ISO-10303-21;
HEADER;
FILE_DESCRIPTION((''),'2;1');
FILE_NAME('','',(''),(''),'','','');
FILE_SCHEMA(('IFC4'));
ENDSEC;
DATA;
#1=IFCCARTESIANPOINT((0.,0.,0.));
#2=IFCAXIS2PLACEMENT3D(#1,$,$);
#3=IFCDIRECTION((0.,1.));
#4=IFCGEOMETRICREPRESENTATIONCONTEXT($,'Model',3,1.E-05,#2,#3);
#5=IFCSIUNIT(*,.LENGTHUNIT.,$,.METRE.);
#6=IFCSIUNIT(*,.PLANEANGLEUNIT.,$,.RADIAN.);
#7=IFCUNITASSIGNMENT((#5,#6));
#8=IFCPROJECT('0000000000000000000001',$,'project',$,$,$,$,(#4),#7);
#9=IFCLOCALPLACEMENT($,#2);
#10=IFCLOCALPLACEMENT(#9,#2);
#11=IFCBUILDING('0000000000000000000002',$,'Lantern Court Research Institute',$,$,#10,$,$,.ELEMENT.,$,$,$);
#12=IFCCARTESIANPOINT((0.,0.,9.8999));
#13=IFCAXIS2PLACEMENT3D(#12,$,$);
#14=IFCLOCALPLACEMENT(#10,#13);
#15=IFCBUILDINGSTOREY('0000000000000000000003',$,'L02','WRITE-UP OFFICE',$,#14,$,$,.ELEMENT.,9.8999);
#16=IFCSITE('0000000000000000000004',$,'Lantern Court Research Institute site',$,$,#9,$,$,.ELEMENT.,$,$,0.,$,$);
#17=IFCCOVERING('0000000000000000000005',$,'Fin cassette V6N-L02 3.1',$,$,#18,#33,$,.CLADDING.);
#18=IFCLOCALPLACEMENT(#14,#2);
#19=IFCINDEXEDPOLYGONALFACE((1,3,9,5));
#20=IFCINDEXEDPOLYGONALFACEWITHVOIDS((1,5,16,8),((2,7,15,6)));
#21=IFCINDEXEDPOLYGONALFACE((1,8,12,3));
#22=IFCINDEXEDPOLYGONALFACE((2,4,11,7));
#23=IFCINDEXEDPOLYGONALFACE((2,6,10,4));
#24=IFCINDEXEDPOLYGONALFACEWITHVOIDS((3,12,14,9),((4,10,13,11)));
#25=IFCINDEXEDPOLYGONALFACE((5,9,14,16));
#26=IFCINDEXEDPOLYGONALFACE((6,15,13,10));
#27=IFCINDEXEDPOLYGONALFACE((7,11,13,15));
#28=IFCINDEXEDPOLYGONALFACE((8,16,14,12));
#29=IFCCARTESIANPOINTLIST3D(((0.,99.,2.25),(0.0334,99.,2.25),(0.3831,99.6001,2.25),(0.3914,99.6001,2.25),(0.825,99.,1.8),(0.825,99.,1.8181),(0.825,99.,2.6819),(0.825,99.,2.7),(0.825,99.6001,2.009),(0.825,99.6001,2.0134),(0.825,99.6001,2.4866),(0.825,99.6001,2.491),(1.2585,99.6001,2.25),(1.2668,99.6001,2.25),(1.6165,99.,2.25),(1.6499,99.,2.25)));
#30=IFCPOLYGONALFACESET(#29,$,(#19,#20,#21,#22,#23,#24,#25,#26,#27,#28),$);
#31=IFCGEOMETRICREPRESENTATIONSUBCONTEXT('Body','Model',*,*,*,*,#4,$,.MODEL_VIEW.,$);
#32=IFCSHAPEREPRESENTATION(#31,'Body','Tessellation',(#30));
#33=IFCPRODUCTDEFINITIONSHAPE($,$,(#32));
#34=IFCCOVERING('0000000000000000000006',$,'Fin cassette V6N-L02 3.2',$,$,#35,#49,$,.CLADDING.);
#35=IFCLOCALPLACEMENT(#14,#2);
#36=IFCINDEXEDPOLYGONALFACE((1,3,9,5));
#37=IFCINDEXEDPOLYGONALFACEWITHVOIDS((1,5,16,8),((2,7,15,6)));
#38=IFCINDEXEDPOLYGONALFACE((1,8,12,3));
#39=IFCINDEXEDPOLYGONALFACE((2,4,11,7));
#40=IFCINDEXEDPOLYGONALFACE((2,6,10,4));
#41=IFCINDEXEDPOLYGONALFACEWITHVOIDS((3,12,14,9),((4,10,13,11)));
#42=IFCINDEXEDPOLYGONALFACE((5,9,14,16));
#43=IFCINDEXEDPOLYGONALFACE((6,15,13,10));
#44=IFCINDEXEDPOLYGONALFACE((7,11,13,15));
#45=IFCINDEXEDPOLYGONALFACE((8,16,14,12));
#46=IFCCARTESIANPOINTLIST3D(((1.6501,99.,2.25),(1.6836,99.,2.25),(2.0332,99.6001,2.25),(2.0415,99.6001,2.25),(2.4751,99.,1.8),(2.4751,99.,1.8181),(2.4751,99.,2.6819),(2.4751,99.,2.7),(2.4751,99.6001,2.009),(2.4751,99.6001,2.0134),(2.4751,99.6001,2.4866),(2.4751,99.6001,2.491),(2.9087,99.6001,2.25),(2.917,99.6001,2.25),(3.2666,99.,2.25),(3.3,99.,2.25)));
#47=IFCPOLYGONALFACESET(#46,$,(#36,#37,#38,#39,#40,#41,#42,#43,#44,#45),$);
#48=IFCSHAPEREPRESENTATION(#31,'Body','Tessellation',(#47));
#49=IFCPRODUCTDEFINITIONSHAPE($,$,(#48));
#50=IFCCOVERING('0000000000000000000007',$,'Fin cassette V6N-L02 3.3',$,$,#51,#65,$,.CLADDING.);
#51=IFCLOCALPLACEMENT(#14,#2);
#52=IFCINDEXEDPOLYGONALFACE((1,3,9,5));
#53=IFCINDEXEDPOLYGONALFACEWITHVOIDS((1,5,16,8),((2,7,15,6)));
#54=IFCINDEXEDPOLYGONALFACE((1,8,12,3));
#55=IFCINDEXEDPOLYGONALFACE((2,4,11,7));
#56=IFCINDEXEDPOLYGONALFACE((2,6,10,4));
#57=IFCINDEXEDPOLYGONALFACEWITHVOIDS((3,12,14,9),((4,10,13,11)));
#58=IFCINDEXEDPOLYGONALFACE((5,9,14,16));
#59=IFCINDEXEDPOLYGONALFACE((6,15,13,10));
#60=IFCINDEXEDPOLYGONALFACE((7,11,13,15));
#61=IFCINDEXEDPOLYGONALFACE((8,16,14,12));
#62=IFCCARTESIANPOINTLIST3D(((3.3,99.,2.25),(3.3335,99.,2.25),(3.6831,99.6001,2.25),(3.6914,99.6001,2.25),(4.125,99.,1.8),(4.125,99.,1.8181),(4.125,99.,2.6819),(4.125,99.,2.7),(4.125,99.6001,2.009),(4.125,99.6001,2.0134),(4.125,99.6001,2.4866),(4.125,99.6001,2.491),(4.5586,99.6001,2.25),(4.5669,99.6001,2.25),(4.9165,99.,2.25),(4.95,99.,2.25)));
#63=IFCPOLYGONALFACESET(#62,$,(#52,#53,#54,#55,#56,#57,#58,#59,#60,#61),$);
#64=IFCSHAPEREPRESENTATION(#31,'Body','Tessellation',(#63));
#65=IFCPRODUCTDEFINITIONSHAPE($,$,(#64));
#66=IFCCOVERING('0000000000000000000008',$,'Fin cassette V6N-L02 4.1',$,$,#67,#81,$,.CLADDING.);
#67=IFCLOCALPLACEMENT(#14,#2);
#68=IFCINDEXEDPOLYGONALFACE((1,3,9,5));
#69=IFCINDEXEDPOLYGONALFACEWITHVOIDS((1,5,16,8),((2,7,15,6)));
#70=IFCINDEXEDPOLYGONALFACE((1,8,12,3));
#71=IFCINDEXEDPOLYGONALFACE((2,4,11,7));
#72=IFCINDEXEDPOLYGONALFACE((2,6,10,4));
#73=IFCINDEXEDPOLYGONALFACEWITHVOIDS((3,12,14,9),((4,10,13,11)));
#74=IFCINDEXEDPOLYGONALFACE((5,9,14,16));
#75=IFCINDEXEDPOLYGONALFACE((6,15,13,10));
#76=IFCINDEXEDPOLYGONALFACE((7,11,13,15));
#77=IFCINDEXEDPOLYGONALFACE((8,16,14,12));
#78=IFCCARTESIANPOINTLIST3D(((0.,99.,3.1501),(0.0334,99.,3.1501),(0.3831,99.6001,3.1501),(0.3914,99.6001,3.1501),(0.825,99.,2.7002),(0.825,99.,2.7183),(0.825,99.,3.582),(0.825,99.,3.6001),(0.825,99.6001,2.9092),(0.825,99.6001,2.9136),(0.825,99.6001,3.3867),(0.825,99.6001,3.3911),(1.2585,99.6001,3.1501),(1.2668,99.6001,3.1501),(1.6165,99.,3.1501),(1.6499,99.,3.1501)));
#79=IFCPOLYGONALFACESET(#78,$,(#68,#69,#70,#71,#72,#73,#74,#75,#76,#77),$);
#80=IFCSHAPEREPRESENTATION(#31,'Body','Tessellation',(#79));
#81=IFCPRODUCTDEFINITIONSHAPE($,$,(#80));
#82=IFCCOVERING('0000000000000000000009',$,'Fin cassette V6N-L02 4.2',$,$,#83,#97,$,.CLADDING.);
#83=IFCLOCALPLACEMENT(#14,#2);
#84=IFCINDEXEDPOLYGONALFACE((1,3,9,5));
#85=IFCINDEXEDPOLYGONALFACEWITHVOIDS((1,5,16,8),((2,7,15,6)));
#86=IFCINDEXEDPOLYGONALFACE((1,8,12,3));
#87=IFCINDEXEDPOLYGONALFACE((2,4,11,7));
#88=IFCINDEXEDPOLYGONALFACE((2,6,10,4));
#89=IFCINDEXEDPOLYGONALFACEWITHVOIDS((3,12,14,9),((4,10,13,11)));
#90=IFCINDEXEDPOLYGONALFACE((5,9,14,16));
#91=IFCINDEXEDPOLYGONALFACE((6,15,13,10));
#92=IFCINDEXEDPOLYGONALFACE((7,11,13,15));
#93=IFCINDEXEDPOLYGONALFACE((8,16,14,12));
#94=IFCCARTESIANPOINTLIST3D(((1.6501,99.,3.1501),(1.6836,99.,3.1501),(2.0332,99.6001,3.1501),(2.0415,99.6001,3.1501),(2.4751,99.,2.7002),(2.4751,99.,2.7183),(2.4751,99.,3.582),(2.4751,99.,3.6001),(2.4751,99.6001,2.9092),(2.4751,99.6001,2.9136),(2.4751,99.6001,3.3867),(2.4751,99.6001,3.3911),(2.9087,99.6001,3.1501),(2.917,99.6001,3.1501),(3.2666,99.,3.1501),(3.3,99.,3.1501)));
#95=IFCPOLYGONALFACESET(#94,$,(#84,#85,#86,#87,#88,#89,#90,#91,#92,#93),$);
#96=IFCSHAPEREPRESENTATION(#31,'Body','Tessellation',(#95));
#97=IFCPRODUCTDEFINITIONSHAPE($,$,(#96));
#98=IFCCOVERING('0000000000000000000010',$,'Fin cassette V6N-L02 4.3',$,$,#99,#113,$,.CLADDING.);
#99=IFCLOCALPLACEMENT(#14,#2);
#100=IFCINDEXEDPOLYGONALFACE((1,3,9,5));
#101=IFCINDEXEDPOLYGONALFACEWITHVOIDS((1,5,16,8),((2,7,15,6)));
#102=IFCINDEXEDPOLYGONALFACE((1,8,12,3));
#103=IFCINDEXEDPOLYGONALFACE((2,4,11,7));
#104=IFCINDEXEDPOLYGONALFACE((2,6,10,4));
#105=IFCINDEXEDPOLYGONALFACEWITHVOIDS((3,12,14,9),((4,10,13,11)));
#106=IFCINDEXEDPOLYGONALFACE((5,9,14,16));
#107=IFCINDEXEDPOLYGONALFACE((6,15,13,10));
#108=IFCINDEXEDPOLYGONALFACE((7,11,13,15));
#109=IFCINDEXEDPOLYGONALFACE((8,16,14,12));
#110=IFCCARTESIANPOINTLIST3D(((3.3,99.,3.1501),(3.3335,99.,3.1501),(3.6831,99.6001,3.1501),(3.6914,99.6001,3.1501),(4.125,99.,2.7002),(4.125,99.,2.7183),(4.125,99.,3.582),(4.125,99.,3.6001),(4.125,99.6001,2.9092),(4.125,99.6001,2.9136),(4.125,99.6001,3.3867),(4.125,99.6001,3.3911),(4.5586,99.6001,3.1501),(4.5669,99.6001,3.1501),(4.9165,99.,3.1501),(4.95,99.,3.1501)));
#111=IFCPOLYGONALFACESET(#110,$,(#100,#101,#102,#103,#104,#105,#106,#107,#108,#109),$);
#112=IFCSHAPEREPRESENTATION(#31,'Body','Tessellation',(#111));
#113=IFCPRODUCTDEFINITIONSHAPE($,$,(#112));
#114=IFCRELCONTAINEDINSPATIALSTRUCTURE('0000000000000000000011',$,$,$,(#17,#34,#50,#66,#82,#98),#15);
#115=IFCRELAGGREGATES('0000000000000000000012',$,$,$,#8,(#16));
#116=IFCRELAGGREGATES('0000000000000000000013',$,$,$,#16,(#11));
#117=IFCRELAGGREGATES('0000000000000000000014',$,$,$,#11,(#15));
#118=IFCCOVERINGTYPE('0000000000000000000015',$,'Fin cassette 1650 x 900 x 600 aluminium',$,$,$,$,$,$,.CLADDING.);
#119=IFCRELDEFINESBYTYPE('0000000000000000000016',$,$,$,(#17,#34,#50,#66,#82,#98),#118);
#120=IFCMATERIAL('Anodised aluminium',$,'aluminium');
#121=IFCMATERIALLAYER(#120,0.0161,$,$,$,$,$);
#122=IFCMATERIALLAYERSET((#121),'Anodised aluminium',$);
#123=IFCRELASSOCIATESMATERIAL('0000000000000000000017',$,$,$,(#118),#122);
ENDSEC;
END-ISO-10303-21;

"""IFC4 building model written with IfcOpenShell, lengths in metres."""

from ifc_helpers import new_model, entity, si_unit, direction, frame, origin, place, context, subcontext, project, spatial, material, layer, layer_set, type_object, element, save


model = new_model("IFC4")

# Units and contexts
model_context = context("Model", 3, precision=1e-05, world=origin(), true_north=direction((0.0, 1.0)))
body_context = subcontext(model_context, "Body", "Model", "MODEL_VIEW")
ifc_project = project(units=[si_unit("LENGTHUNIT", "METRE"), si_unit("PLANEANGLEUNIT", "RADIAN")], contexts=[model_context])

# Site, building, storey
site_placement = place(None, origin())
site = spatial("IfcSite", under=ifc_project, at=site_placement, Name="Lantern Court Research Institute site", CompositionType="ELEMENT", RefElevation=0.0)
building_placement = place(site_placement, origin())
building = spatial("IfcBuilding", under=site, at=building_placement, Name="Lantern Court Research Institute", CompositionType="ELEMENT")
storey_placement = place(building_placement, frame((0.0, 0.0, 9.8999)))
storey = spatial("IfcBuildingStorey", under=building, at=storey_placement, Name="L02", Description="WRITE-UP OFFICE", CompositionType="ELEMENT", Elevation=9.8999)

# Coverings
ifc_material_1 = material(Name="Anodised aluminium", Category="aluminium")
ifc_layer_1 = layer(ifc_material_1, 0.0161)
ifc_layer_set_1 = layer_set([ifc_layer_1], Name="Anodised aluminium")
covering_type = type_object("IfcCoveringType", Name="Fin cassette 1650 x 900 x 600 aluminium", PredefinedType="CLADDING", material=ifc_layer_set_1)
covering_1_placement = place(storey_placement, frame((0.825, 99.0, 2.25), z_axis=(0.0, 1.0, 0.0), x_axis=(-1.0, 0.0, 0.0)))
cartesian_point_1 = entity("IfcCartesianPoint", [0.825, 0.0])
cartesian_point_2 = entity("IfcCartesianPoint", [0.7915, 0.0])
cartesian_point_3 = entity("IfcCartesianPoint", [0.4419, 0.0])
cartesian_point_4 = entity("IfcCartesianPoint", [0.4336, 0.0])
element("IfcCovering", 1, at=covering_1_placement, inside=storey, type_object=covering_type, Name="Fin cassette V6N-L02 3.1", PredefinedType="CLADDING", context=body_context, shape_type="SweptSolid", body=[
    entity("IfcExtrudedAreaSolidTapered", entity("IfcArbitraryProfileDefWithVoids", "AREA", None, entity("IfcPolyline", [cartesian_point_1, entity("IfcCartesianPoint", [0.0, 0.45]), entity("IfcCartesianPoint", [-0.825, 0.0]), entity("IfcCartesianPoint", [0.0, -0.45]), cartesian_point_1]), [entity("IfcPolyline", [cartesian_point_2, entity("IfcCartesianPoint", [0.0, 0.4319]), entity("IfcCartesianPoint", [-0.7915, 0.0]), entity("IfcCartesianPoint", [0.0, -0.4319]), cartesian_point_2])]), entity("IfcAxis2Placement3D", entity("IfcCartesianPoint", [0.0, 0.0, 0.0])), entity("IfcDirection", [0.0, 0.0, 1.0]), 0.6001, entity("IfcArbitraryProfileDefWithVoids", "AREA", None, entity("IfcPolyline", [cartesian_point_3, entity("IfcCartesianPoint", [0.0, 0.241]), entity("IfcCartesianPoint", [-0.4419, 0.0]), entity("IfcCartesianPoint", [0.0, -0.241]), cartesian_point_3]), [entity("IfcPolyline", [cartesian_point_4, entity("IfcCartesianPoint", [0.0, 0.2366]), entity("IfcCartesianPoint", [-0.4336, 0.0]), entity("IfcCartesianPoint", [0.0, -0.2366]), cartesian_point_4])])),
])
covering_2_placement = place(storey_placement, frame((2.4751, 99.0, 2.25), z_axis=(0.0, 1.0, 0.0), x_axis=(-1.0, 0.0, 0.0)))
cartesian_point_5 = entity("IfcCartesianPoint", [0.825, 0.0])
cartesian_point_6 = entity("IfcCartesianPoint", [0.7915, 0.0])
cartesian_point_7 = entity("IfcCartesianPoint", [0.4419, 0.0])
cartesian_point_8 = entity("IfcCartesianPoint", [0.4336, 0.0])
element("IfcCovering", 2, at=covering_2_placement, inside=storey, type_object=covering_type, Name="Fin cassette V6N-L02 3.2", PredefinedType="CLADDING", context=body_context, shape_type="SweptSolid", body=[
    entity("IfcExtrudedAreaSolidTapered", entity("IfcArbitraryProfileDefWithVoids", "AREA", None, entity("IfcPolyline", [cartesian_point_5, entity("IfcCartesianPoint", [0.0, 0.45]), entity("IfcCartesianPoint", [-0.825, 0.0]), entity("IfcCartesianPoint", [0.0, -0.45]), cartesian_point_5]), [entity("IfcPolyline", [cartesian_point_6, entity("IfcCartesianPoint", [0.0, 0.4319]), entity("IfcCartesianPoint", [-0.7915, 0.0]), entity("IfcCartesianPoint", [0.0, -0.4319]), cartesian_point_6])]), entity("IfcAxis2Placement3D", entity("IfcCartesianPoint", [0.0, 0.0, 0.0])), entity("IfcDirection", [0.0, 0.0, 1.0]), 0.6001, entity("IfcArbitraryProfileDefWithVoids", "AREA", None, entity("IfcPolyline", [cartesian_point_7, entity("IfcCartesianPoint", [0.0, 0.241]), entity("IfcCartesianPoint", [-0.4419, 0.0]), entity("IfcCartesianPoint", [0.0, -0.241]), cartesian_point_7]), [entity("IfcPolyline", [cartesian_point_8, entity("IfcCartesianPoint", [0.0, 0.2366]), entity("IfcCartesianPoint", [-0.4336, 0.0]), entity("IfcCartesianPoint", [0.0, -0.2366]), cartesian_point_8])])),
])
covering_3_placement = place(storey_placement, frame((4.125, 99.0, 2.25), z_axis=(0.0, 1.0, 0.0), x_axis=(-1.0, 0.0, 0.0)))
cartesian_point_9 = entity("IfcCartesianPoint", [0.825, 0.0])
cartesian_point_10 = entity("IfcCartesianPoint", [0.7915, 0.0])
cartesian_point_11 = entity("IfcCartesianPoint", [0.4419, 0.0])
cartesian_point_12 = entity("IfcCartesianPoint", [0.4336, 0.0])
element("IfcCovering", 3, at=covering_3_placement, inside=storey, type_object=covering_type, Name="Fin cassette V6N-L02 3.3", PredefinedType="CLADDING", context=body_context, shape_type="SweptSolid", body=[
    entity("IfcExtrudedAreaSolidTapered", entity("IfcArbitraryProfileDefWithVoids", "AREA", None, entity("IfcPolyline", [cartesian_point_9, entity("IfcCartesianPoint", [0.0, 0.45]), entity("IfcCartesianPoint", [-0.825, 0.0]), entity("IfcCartesianPoint", [0.0, -0.45]), cartesian_point_9]), [entity("IfcPolyline", [cartesian_point_10, entity("IfcCartesianPoint", [0.0, 0.4319]), entity("IfcCartesianPoint", [-0.7915, 0.0]), entity("IfcCartesianPoint", [0.0, -0.4319]), cartesian_point_10])]), entity("IfcAxis2Placement3D", entity("IfcCartesianPoint", [0.0, 0.0, 0.0])), entity("IfcDirection", [0.0, 0.0, 1.0]), 0.6001, entity("IfcArbitraryProfileDefWithVoids", "AREA", None, entity("IfcPolyline", [cartesian_point_11, entity("IfcCartesianPoint", [0.0, 0.241]), entity("IfcCartesianPoint", [-0.4419, 0.0]), entity("IfcCartesianPoint", [0.0, -0.241]), cartesian_point_11]), [entity("IfcPolyline", [cartesian_point_12, entity("IfcCartesianPoint", [0.0, 0.2366]), entity("IfcCartesianPoint", [-0.4336, 0.0]), entity("IfcCartesianPoint", [0.0, -0.2366]), cartesian_point_12])])),
])
covering_4_placement = place(storey_placement, frame((0.825, 99.0, 3.1501), z_axis=(0.0, 1.0, 0.0), x_axis=(-1.0, 0.0, 0.0)))
cartesian_point_13 = entity("IfcCartesianPoint", [0.825, 0.0])
cartesian_point_14 = entity("IfcCartesianPoint", [0.7915, 0.0])
cartesian_point_15 = entity("IfcCartesianPoint", [0.4419, 0.0])
cartesian_point_16 = entity("IfcCartesianPoint", [0.4336, 0.0])
element("IfcCovering", 4, at=covering_4_placement, inside=storey, type_object=covering_type, Name="Fin cassette V6N-L02 4.1", PredefinedType="CLADDING", context=body_context, shape_type="SweptSolid", body=[
    entity("IfcExtrudedAreaSolidTapered", entity("IfcArbitraryProfileDefWithVoids", "AREA", None, entity("IfcPolyline", [cartesian_point_13, entity("IfcCartesianPoint", [0.0, 0.45]), entity("IfcCartesianPoint", [-0.825, 0.0]), entity("IfcCartesianPoint", [0.0, -0.45]), cartesian_point_13]), [entity("IfcPolyline", [cartesian_point_14, entity("IfcCartesianPoint", [0.0, 0.4319]), entity("IfcCartesianPoint", [-0.7915, 0.0]), entity("IfcCartesianPoint", [0.0, -0.4319]), cartesian_point_14])]), entity("IfcAxis2Placement3D", entity("IfcCartesianPoint", [0.0, 0.0, 0.0])), entity("IfcDirection", [0.0, 0.0, 1.0]), 0.6001, entity("IfcArbitraryProfileDefWithVoids", "AREA", None, entity("IfcPolyline", [cartesian_point_15, entity("IfcCartesianPoint", [0.0, 0.241]), entity("IfcCartesianPoint", [-0.4419, 0.0]), entity("IfcCartesianPoint", [0.0, -0.241]), cartesian_point_15]), [entity("IfcPolyline", [cartesian_point_16, entity("IfcCartesianPoint", [0.0, 0.2366]), entity("IfcCartesianPoint", [-0.4336, 0.0]), entity("IfcCartesianPoint", [0.0, -0.2366]), cartesian_point_16])])),
])
covering_5_placement = place(storey_placement, frame((2.4751, 99.0, 3.1501), z_axis=(0.0, 1.0, 0.0), x_axis=(-1.0, 0.0, 0.0)))
cartesian_point_17 = entity("IfcCartesianPoint", [0.825, 0.0])
cartesian_point_18 = entity("IfcCartesianPoint", [0.7915, 0.0])
cartesian_point_19 = entity("IfcCartesianPoint", [0.4419, 0.0])
cartesian_point_20 = entity("IfcCartesianPoint", [0.4336, 0.0])
element("IfcCovering", 5, at=covering_5_placement, inside=storey, type_object=covering_type, Name="Fin cassette V6N-L02 4.2", PredefinedType="CLADDING", context=body_context, shape_type="SweptSolid", body=[
    entity("IfcExtrudedAreaSolidTapered", entity("IfcArbitraryProfileDefWithVoids", "AREA", None, entity("IfcPolyline", [cartesian_point_17, entity("IfcCartesianPoint", [0.0, 0.45]), entity("IfcCartesianPoint", [-0.825, 0.0]), entity("IfcCartesianPoint", [0.0, -0.45]), cartesian_point_17]), [entity("IfcPolyline", [cartesian_point_18, entity("IfcCartesianPoint", [0.0, 0.4319]), entity("IfcCartesianPoint", [-0.7915, 0.0]), entity("IfcCartesianPoint", [0.0, -0.4319]), cartesian_point_18])]), entity("IfcAxis2Placement3D", entity("IfcCartesianPoint", [0.0, 0.0, 0.0])), entity("IfcDirection", [0.0, 0.0, 1.0]), 0.6001, entity("IfcArbitraryProfileDefWithVoids", "AREA", None, entity("IfcPolyline", [cartesian_point_19, entity("IfcCartesianPoint", [0.0, 0.241]), entity("IfcCartesianPoint", [-0.4419, 0.0]), entity("IfcCartesianPoint", [0.0, -0.241]), cartesian_point_19]), [entity("IfcPolyline", [cartesian_point_20, entity("IfcCartesianPoint", [0.0, 0.2366]), entity("IfcCartesianPoint", [-0.4336, 0.0]), entity("IfcCartesianPoint", [0.0, -0.2366]), cartesian_point_20])])),
])
covering_6_placement = place(storey_placement, frame((4.125, 99.0, 3.1501), z_axis=(0.0, 1.0, 0.0), x_axis=(-1.0, 0.0, 0.0)))
cartesian_point_21 = entity("IfcCartesianPoint", [0.825, 0.0])
cartesian_point_22 = entity("IfcCartesianPoint", [0.7915, 0.0])
cartesian_point_23 = entity("IfcCartesianPoint", [0.4419, 0.0])
cartesian_point_24 = entity("IfcCartesianPoint", [0.4336, 0.0])
element("IfcCovering", 6, at=covering_6_placement, inside=storey, type_object=covering_type, Name="Fin cassette V6N-L02 4.3", PredefinedType="CLADDING", context=body_context, shape_type="SweptSolid", body=[
    entity("IfcExtrudedAreaSolidTapered", entity("IfcArbitraryProfileDefWithVoids", "AREA", None, entity("IfcPolyline", [cartesian_point_21, entity("IfcCartesianPoint", [0.0, 0.45]), entity("IfcCartesianPoint", [-0.825, 0.0]), entity("IfcCartesianPoint", [0.0, -0.45]), cartesian_point_21]), [entity("IfcPolyline", [cartesian_point_22, entity("IfcCartesianPoint", [0.0, 0.4319]), entity("IfcCartesianPoint", [-0.7915, 0.0]), entity("IfcCartesianPoint", [0.0, -0.4319]), cartesian_point_22])]), entity("IfcAxis2Placement3D", entity("IfcCartesianPoint", [0.0, 0.0, 0.0])), entity("IfcDirection", [0.0, 0.0, 1.0]), 0.6001, entity("IfcArbitraryProfileDefWithVoids", "AREA", None, entity("IfcPolyline", [cartesian_point_23, entity("IfcCartesianPoint", [0.0, 0.241]), entity("IfcCartesianPoint", [-0.4419, 0.0]), entity("IfcCartesianPoint", [0.0, -0.241]), cartesian_point_23]), [entity("IfcPolyline", [cartesian_point_24, entity("IfcCartesianPoint", [0.0, 0.2366]), entity("IfcCartesianPoint", [-0.4336, 0.0]), entity("IfcCartesianPoint", [0.0, -0.2366]), cartesian_point_24])])),
])

save(model, "model.ifc")
